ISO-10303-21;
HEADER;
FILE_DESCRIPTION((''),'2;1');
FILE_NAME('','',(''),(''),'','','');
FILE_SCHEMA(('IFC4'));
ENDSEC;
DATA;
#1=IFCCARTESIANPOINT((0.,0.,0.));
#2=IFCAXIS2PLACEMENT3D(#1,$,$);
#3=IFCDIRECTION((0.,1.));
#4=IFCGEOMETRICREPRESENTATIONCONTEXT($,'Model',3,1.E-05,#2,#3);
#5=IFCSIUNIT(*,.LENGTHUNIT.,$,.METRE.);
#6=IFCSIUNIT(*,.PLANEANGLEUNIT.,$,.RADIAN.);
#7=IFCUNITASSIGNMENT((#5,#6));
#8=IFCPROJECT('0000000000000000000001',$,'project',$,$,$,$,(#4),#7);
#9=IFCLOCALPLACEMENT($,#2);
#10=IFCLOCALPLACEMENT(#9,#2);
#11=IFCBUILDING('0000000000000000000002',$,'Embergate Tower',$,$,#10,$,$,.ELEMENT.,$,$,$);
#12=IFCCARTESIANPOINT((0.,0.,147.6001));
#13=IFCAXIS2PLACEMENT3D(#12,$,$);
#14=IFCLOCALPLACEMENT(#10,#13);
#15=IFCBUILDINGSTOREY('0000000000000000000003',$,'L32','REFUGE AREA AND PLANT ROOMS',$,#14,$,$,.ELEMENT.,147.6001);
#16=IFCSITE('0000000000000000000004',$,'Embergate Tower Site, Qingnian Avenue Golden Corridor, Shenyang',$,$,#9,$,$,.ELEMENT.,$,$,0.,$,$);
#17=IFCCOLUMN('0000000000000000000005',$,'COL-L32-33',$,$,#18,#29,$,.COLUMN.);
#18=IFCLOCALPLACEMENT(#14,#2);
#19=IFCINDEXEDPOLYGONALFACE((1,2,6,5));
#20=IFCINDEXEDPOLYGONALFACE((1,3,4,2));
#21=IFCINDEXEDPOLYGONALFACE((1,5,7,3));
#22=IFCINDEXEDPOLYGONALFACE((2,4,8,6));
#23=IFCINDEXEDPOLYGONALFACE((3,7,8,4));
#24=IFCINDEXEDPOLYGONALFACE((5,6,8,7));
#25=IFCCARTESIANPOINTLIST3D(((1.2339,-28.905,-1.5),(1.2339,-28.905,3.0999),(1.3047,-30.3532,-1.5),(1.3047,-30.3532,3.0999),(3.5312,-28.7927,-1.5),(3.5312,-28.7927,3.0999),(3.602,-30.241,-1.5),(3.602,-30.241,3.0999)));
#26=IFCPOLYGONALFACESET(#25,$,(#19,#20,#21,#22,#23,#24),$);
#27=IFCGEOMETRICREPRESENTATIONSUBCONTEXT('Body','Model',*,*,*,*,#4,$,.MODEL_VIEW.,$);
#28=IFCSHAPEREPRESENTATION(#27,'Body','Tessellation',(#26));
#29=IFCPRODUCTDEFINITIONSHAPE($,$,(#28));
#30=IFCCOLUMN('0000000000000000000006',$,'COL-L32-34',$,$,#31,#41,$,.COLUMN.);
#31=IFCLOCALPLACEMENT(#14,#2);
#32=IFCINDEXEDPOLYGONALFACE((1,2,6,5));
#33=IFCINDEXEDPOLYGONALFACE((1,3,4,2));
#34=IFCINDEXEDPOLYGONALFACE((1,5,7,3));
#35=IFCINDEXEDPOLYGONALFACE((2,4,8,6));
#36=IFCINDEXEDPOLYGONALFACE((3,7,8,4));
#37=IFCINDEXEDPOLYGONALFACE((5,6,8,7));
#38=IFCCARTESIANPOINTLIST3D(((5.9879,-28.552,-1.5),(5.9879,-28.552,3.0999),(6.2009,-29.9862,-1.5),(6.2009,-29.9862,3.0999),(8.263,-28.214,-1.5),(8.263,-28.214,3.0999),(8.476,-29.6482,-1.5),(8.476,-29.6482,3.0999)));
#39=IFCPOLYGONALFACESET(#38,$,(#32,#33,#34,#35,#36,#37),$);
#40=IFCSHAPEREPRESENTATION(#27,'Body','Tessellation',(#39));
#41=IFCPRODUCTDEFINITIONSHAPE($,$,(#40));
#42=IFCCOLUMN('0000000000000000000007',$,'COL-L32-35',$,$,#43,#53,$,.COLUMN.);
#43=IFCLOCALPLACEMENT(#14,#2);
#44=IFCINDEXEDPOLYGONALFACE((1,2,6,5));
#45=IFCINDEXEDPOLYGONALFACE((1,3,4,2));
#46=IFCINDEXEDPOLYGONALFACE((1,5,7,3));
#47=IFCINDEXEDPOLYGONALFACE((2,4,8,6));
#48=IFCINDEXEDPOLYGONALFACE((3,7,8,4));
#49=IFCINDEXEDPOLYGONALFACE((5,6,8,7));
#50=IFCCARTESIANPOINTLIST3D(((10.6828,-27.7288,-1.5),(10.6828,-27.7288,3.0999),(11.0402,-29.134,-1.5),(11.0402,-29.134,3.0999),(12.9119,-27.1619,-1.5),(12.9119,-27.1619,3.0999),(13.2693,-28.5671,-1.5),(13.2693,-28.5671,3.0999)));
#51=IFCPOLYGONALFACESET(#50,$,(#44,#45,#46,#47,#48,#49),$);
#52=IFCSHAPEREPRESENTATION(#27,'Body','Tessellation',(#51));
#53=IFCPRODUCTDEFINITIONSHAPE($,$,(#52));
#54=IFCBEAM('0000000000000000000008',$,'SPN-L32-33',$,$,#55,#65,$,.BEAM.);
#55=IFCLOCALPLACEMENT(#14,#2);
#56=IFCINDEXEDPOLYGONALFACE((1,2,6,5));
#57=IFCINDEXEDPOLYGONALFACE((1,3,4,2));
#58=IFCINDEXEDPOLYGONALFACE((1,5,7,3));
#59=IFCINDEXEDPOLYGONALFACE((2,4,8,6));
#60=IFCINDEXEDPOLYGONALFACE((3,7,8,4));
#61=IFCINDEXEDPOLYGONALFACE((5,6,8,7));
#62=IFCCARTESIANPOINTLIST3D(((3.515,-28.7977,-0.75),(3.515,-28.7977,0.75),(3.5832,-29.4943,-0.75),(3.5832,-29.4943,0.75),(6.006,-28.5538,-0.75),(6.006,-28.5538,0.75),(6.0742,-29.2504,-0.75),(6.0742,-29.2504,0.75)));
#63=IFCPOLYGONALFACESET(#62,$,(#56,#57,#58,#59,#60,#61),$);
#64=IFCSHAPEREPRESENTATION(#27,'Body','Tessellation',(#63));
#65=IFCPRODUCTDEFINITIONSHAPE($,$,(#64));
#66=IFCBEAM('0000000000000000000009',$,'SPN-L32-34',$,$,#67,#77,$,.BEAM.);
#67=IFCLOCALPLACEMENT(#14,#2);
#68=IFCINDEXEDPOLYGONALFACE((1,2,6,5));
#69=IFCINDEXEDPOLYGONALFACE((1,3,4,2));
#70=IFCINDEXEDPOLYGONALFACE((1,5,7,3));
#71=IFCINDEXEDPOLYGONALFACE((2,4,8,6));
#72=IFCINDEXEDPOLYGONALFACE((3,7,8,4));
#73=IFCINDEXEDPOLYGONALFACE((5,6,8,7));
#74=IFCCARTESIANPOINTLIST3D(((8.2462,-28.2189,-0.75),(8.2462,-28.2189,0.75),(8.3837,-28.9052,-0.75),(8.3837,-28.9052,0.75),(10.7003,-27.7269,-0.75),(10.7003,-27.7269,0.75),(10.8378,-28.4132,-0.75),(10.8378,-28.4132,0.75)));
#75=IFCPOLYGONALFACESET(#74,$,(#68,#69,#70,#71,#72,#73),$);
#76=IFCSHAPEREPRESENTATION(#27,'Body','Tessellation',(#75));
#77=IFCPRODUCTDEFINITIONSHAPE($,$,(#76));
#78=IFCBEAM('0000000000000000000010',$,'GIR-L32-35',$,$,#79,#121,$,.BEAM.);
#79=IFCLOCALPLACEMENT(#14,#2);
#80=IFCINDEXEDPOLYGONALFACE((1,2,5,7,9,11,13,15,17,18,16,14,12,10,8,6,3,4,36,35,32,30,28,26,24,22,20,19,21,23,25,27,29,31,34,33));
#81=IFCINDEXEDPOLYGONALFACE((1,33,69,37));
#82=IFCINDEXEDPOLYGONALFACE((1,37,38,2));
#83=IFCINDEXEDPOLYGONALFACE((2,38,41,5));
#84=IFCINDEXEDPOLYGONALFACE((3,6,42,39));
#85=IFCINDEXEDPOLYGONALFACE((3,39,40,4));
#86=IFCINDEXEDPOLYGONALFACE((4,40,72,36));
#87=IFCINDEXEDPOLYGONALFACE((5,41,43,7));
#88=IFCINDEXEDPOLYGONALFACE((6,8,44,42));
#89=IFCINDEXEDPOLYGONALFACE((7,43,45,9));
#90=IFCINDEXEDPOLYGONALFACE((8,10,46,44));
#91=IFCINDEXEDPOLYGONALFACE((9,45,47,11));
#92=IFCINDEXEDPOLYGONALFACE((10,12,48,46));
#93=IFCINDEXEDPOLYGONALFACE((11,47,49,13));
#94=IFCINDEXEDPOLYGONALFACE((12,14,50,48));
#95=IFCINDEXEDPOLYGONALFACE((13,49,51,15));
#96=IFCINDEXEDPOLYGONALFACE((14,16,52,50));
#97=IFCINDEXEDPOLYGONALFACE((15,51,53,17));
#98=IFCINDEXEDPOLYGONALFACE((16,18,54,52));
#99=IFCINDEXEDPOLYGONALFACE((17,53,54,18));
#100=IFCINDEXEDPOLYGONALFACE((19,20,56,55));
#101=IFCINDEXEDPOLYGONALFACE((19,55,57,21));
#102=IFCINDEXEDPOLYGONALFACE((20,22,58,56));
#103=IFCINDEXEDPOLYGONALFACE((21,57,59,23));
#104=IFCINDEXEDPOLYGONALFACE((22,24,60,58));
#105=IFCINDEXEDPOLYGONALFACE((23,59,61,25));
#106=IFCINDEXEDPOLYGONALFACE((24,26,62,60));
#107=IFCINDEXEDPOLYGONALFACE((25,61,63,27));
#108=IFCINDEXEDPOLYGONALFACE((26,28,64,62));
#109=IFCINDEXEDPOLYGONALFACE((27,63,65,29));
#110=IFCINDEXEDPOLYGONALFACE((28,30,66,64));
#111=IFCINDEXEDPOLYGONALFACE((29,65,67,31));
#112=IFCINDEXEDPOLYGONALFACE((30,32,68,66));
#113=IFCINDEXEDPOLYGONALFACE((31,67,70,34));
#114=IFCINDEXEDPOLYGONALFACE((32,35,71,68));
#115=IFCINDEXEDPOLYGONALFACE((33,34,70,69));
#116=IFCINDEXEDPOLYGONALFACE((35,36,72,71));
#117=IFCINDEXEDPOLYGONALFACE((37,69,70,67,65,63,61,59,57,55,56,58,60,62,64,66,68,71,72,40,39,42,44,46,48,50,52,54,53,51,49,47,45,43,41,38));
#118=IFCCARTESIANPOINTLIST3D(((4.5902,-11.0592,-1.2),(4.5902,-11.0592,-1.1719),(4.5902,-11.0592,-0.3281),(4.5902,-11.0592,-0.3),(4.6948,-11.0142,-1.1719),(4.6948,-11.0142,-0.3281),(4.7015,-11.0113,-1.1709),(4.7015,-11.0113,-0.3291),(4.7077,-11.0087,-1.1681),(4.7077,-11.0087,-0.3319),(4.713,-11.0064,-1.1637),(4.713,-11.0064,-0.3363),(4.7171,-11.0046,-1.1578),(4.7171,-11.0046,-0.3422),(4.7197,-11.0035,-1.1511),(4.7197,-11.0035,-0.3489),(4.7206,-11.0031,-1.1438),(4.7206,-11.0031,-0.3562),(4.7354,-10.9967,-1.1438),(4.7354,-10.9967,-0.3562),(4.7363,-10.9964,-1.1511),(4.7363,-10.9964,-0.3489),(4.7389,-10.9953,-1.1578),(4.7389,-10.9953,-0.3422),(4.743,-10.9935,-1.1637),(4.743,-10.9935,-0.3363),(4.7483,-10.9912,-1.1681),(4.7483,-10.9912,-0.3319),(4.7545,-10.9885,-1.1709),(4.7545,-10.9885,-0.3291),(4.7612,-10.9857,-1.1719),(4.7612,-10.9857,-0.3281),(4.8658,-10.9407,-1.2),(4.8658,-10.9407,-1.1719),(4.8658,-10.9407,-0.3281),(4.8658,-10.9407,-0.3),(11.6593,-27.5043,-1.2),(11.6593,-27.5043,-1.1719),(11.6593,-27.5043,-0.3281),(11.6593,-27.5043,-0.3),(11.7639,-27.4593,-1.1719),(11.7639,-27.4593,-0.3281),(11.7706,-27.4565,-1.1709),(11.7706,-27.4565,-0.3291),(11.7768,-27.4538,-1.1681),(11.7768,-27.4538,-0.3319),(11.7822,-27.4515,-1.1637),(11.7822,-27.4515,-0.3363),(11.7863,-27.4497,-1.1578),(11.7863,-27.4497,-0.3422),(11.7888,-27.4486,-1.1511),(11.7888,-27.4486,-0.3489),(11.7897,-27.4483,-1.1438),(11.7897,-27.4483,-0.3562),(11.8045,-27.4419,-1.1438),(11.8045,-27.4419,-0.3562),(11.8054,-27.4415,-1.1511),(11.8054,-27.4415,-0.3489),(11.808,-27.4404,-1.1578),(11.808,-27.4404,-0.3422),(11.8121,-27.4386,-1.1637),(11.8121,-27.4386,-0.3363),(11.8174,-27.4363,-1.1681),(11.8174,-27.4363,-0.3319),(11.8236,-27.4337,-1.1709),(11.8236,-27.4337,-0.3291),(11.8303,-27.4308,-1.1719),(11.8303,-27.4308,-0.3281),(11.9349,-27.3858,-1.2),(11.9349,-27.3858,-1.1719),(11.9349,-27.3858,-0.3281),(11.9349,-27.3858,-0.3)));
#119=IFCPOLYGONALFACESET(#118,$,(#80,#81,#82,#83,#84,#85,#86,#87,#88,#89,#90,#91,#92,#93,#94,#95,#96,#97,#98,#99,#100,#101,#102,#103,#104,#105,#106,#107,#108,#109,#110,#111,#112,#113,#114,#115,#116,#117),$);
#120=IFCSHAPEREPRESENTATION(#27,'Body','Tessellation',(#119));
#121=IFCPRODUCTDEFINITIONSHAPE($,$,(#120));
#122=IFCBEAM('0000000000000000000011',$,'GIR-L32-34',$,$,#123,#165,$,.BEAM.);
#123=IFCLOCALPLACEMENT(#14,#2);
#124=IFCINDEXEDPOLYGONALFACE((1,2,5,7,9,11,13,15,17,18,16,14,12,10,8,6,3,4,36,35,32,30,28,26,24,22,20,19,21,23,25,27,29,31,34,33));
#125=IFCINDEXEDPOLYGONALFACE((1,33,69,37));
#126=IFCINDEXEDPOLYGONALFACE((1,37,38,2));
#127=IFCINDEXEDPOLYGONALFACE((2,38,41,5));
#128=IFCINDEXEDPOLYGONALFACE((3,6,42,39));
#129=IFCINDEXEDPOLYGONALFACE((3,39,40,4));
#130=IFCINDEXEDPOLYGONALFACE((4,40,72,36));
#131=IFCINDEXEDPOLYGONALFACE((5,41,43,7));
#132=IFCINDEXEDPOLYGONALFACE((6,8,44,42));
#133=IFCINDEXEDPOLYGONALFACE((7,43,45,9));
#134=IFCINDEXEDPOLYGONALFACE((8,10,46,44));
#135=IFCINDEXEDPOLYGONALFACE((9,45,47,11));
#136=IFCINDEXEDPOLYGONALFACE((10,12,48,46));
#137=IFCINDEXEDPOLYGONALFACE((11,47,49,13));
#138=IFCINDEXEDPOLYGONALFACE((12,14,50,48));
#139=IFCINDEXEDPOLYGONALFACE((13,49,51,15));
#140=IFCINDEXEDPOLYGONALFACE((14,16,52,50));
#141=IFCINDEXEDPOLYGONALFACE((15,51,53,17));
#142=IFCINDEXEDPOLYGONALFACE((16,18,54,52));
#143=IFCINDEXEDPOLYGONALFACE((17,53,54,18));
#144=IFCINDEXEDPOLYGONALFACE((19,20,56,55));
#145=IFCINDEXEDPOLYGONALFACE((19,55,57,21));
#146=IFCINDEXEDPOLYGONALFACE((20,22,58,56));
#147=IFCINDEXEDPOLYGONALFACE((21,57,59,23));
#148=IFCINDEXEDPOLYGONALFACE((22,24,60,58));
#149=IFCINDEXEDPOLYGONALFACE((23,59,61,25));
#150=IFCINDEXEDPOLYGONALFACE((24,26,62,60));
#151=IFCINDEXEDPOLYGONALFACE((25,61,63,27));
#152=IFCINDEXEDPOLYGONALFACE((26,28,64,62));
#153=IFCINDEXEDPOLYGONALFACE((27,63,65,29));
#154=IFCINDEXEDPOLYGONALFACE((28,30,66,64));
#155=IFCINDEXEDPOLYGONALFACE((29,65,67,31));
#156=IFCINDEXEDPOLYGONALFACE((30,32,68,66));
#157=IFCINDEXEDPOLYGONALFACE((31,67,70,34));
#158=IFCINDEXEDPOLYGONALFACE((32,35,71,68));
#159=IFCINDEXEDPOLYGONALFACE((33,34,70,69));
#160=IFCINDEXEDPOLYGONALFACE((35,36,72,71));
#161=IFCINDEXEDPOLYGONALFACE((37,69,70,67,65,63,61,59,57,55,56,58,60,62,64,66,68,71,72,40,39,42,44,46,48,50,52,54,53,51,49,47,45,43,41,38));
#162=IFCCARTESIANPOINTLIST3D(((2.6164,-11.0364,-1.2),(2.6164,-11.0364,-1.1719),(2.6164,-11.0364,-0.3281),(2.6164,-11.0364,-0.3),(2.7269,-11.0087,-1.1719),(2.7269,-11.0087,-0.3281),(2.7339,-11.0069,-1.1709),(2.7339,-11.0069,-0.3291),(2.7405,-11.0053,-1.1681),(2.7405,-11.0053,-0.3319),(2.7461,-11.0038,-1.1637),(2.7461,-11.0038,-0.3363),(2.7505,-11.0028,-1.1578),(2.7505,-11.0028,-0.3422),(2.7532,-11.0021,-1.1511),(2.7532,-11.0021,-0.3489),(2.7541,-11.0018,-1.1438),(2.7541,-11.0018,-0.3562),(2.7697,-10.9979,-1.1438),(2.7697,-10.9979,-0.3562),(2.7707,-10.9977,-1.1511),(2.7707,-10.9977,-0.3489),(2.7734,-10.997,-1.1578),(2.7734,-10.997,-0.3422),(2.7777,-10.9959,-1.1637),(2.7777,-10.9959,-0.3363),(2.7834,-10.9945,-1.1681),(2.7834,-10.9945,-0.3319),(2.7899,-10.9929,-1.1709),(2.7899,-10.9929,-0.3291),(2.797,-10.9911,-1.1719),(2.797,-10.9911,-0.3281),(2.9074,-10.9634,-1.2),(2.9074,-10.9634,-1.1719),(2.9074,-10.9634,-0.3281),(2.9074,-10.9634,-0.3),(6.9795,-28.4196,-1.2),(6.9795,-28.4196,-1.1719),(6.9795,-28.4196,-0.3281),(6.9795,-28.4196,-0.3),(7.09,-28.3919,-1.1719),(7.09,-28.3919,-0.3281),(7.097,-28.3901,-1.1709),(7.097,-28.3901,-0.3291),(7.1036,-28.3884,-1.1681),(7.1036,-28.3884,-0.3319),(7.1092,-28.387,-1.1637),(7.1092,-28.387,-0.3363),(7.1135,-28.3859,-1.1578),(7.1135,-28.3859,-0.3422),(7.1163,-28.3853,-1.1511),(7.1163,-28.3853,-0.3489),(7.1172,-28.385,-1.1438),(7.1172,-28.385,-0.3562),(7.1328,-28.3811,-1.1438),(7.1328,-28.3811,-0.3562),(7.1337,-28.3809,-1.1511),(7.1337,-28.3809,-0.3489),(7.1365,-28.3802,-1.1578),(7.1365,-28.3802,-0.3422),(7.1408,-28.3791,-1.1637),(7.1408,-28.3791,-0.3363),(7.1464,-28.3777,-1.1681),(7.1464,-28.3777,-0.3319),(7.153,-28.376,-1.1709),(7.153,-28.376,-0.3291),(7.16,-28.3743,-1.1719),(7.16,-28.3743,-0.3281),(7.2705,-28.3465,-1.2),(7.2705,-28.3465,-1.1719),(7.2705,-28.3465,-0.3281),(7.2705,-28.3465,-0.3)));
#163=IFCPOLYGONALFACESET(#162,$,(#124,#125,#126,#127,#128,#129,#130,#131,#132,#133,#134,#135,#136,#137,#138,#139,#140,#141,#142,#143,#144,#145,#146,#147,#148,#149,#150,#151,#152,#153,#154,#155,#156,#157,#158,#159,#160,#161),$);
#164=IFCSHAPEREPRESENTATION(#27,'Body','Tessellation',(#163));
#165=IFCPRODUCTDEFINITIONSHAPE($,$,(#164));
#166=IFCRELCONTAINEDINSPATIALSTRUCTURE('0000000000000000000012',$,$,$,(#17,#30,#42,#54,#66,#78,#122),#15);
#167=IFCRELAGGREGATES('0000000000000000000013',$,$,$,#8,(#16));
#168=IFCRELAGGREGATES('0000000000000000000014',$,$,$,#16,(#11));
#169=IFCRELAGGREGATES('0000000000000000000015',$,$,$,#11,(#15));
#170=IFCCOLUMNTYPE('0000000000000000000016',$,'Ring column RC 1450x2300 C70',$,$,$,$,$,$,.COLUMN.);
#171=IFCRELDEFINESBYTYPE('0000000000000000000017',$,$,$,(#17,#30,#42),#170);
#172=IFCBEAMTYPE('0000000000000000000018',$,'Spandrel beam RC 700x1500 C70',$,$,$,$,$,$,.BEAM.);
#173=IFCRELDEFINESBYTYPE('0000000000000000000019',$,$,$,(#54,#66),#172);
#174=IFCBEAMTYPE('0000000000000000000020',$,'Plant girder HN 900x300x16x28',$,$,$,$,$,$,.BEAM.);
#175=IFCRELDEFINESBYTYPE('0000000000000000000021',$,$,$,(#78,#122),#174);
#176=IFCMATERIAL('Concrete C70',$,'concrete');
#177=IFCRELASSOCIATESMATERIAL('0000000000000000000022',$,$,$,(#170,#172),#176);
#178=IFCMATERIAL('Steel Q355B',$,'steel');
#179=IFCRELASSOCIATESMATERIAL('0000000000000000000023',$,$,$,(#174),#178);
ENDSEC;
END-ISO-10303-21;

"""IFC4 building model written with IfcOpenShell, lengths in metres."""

from ifc_helpers import new_model, si_unit, direction, frame, origin, origin_2d, place, context, subcontext, project, spatial, rectangle, i_section, extrude, source, transform, mapped, material, material_profile, profile_set, type_object, element, save


model = new_model("IFC4")

# Units and contexts
model_context = context("Model", 3, precision=1e-05, world=origin(), true_north=direction((0.0, 1.0)))
body_context = subcontext(model_context, "Body", "Model", "MODEL_VIEW")
ifc_project = project(units=[si_unit("LENGTHUNIT", "METRE"), si_unit("PLANEANGLEUNIT", "RADIAN")], contexts=[model_context])

# Site, building, storey
site_placement = place(None, origin())
site = spatial("IfcSite", under=ifc_project, at=site_placement, Name="Embergate Tower Site, Qingnian Avenue Golden Corridor, Shenyang", CompositionType="ELEMENT", RefElevation=0.0)
building_placement = place(site_placement, origin())
building = spatial("IfcBuilding", under=site, at=building_placement, Name="Embergate Tower", CompositionType="ELEMENT")
storey_placement = place(building_placement, frame((0.0, 0.0, 147.6001)))
storey = spatial("IfcBuildingStorey", under=building, at=storey_placement, Name="L32", Description="REFUGE AREA AND PLANT ROOMS", CompositionType="ELEMENT", Elevation=147.6001)

# Columns
ifc_material_1 = material(Name="Concrete C70", Category="concrete")
ifc_material_profile_1 = material_profile(ifc_material_1, rectangle(XDim=1.45, YDim=2.3, at=origin_2d()), Name="RC 1450x2300")
ifc_profile_set_1 = profile_set([ifc_material_profile_1], Name="Concrete C70")
column_type = type_object("IfcColumnType", Name="Ring column RC 1450x2300 C70", PredefinedType="COLUMN", material=ifc_profile_set_1)
shared_shape_1 = source(origin(), body_context, "Body", "SweptSolid", [
    extrude(rectangle(XDim=1.45, YDim=2.3, at=origin_2d()), origin(), (0.0, 0.0, 1.0), 4.5999),
])
for number, where, z_axis, x_axis, name in (
    (1, (2.418, -29.573, -1.5), (0.0, 0.0, 1.0), (0.048815, -0.998808, 0.0), "COL-L32-33"),
    (2, (7.2319, -29.1001, -1.5), (0.0, 0.0, 1.0), (0.146929, -0.989147, 0.0), "COL-L32-34"),
    (3, (11.9761, -28.1479, -1.5), (0.0, 0.0, 1.0), (0.246492, -0.969145, 0.0), "COL-L32-35"),
):
    element("IfcColumn", number, at=place(storey_placement, frame(where, z_axis=z_axis, x_axis=x_axis)), inside=storey, type_object=column_type, Name=name, PredefinedType="COLUMN", context=body_context, shape_type="MappedRepresentation", body=[
        mapped(shared_shape_1, transform((0.0, 0.0, 0.0))),
    ])

# Beams
ifc_material_profile_2 = material_profile(ifc_material_1, rectangle(XDim=0.7, YDim=1.5, at=origin_2d()), Name="RC 700x1500")
ifc_profile_set_2 = profile_set([ifc_material_profile_2], Name="Concrete C70")
beam_type_1 = type_object("IfcBeamType", Name="Spandrel beam RC 700x1500 C70", PredefinedType="BEAM", material=ifc_profile_set_2)
shared_shape_2 = source(origin(), body_context, "Body", "SweptSolid", [
    extrude(rectangle(XDim=0.7, YDim=1.5, at=origin_2d()), origin(), (0.0, 0.0, 1.0), 2.5029),
])
for number, where, z_axis, x_axis, name in (
    (4, (3.5491, -29.146, 0.0), (0.995241, 0.097446, 0.0), (-0.097446, 0.995241, 0.0), "SPN-L32-33"),
    (5, (8.3149, -28.562, 0.0), (0.980494, 0.196548, 0.0), (-0.196548, 0.980494, 0.0), "SPN-L32-34"),
):
    element("IfcBeam", number, at=place(storey_placement, frame(where, z_axis=z_axis, x_axis=x_axis)), inside=storey, type_object=beam_type_1, Name=name, PredefinedType="BEAM", context=body_context, shape_type="MappedRepresentation", body=[
        mapped(shared_shape_2, transform((0.0, 0.0, 0.0))),
    ])
ifc_material_2 = material(Name="Steel Q355B", Category="steel")
ifc_material_profile_3 = material_profile(ifc_material_2, i_section(OverallWidth=0.3, OverallDepth=0.8999, WebThickness=0.0161, FlangeThickness=0.0281, FilletRadius=0.0281, at=origin_2d()), Name="HN 900x300x16x28")
ifc_profile_set_3 = profile_set([ifc_material_profile_3], Name="Steel Q355 grade B")
beam_type_2 = type_object("IfcBeamType", Name="Plant girder HN 900x300x16x28", PredefinedType="BEAM", material=ifc_profile_set_3)
shared_shape_3 = source(origin(), body_context, "Body", "SweptSolid", [
    extrude(i_section(OverallWidth=0.3, OverallDepth=0.8999, WebThickness=0.0161, FlangeThickness=0.0281, FilletRadius=0.0281, at=origin_2d()), origin(), (0.0, 0.0, 1.0), 17.9001),
])
beam_1_placement = place(storey_placement, frame((11.7971, -27.4451, -0.75), z_axis=(-0.39492, 0.918716, 0.0), x_axis=(-0.918716, -0.39492, 0.0)))
element("IfcBeam", 6, at=beam_1_placement, inside=storey, type_object=beam_type_2, Name="GIR-L32-35", PredefinedType="BEAM", context=body_context, shape_type="MappedRepresentation", body=[
    mapped(shared_shape_3, transform((0.0, 0.0, 0.0))),
])
shared_shape_4 = source(origin(), body_context, "Body", "SweptSolid", [
    extrude(i_section(OverallWidth=0.3, OverallDepth=0.8999, WebThickness=0.0161, FlangeThickness=0.0281, FilletRadius=0.0281, at=origin_2d()), origin(), (0.0, 0.0, 1.0), 17.9224),
])
beam_2_placement = place(storey_placement, frame((7.125, -28.3831, -0.75), z_axis=(-0.243443, 0.969915, 0.0), x_axis=(-0.969915, -0.243443, 0.0)))
element("IfcBeam", 7, at=beam_2_placement, inside=storey, type_object=beam_type_2, Name="GIR-L32-34", PredefinedType="BEAM", context=body_context, shape_type="MappedRepresentation", body=[
    mapped(shared_shape_4, transform((0.0, 0.0, 0.0))),
])

save(model, "model.ifc")
